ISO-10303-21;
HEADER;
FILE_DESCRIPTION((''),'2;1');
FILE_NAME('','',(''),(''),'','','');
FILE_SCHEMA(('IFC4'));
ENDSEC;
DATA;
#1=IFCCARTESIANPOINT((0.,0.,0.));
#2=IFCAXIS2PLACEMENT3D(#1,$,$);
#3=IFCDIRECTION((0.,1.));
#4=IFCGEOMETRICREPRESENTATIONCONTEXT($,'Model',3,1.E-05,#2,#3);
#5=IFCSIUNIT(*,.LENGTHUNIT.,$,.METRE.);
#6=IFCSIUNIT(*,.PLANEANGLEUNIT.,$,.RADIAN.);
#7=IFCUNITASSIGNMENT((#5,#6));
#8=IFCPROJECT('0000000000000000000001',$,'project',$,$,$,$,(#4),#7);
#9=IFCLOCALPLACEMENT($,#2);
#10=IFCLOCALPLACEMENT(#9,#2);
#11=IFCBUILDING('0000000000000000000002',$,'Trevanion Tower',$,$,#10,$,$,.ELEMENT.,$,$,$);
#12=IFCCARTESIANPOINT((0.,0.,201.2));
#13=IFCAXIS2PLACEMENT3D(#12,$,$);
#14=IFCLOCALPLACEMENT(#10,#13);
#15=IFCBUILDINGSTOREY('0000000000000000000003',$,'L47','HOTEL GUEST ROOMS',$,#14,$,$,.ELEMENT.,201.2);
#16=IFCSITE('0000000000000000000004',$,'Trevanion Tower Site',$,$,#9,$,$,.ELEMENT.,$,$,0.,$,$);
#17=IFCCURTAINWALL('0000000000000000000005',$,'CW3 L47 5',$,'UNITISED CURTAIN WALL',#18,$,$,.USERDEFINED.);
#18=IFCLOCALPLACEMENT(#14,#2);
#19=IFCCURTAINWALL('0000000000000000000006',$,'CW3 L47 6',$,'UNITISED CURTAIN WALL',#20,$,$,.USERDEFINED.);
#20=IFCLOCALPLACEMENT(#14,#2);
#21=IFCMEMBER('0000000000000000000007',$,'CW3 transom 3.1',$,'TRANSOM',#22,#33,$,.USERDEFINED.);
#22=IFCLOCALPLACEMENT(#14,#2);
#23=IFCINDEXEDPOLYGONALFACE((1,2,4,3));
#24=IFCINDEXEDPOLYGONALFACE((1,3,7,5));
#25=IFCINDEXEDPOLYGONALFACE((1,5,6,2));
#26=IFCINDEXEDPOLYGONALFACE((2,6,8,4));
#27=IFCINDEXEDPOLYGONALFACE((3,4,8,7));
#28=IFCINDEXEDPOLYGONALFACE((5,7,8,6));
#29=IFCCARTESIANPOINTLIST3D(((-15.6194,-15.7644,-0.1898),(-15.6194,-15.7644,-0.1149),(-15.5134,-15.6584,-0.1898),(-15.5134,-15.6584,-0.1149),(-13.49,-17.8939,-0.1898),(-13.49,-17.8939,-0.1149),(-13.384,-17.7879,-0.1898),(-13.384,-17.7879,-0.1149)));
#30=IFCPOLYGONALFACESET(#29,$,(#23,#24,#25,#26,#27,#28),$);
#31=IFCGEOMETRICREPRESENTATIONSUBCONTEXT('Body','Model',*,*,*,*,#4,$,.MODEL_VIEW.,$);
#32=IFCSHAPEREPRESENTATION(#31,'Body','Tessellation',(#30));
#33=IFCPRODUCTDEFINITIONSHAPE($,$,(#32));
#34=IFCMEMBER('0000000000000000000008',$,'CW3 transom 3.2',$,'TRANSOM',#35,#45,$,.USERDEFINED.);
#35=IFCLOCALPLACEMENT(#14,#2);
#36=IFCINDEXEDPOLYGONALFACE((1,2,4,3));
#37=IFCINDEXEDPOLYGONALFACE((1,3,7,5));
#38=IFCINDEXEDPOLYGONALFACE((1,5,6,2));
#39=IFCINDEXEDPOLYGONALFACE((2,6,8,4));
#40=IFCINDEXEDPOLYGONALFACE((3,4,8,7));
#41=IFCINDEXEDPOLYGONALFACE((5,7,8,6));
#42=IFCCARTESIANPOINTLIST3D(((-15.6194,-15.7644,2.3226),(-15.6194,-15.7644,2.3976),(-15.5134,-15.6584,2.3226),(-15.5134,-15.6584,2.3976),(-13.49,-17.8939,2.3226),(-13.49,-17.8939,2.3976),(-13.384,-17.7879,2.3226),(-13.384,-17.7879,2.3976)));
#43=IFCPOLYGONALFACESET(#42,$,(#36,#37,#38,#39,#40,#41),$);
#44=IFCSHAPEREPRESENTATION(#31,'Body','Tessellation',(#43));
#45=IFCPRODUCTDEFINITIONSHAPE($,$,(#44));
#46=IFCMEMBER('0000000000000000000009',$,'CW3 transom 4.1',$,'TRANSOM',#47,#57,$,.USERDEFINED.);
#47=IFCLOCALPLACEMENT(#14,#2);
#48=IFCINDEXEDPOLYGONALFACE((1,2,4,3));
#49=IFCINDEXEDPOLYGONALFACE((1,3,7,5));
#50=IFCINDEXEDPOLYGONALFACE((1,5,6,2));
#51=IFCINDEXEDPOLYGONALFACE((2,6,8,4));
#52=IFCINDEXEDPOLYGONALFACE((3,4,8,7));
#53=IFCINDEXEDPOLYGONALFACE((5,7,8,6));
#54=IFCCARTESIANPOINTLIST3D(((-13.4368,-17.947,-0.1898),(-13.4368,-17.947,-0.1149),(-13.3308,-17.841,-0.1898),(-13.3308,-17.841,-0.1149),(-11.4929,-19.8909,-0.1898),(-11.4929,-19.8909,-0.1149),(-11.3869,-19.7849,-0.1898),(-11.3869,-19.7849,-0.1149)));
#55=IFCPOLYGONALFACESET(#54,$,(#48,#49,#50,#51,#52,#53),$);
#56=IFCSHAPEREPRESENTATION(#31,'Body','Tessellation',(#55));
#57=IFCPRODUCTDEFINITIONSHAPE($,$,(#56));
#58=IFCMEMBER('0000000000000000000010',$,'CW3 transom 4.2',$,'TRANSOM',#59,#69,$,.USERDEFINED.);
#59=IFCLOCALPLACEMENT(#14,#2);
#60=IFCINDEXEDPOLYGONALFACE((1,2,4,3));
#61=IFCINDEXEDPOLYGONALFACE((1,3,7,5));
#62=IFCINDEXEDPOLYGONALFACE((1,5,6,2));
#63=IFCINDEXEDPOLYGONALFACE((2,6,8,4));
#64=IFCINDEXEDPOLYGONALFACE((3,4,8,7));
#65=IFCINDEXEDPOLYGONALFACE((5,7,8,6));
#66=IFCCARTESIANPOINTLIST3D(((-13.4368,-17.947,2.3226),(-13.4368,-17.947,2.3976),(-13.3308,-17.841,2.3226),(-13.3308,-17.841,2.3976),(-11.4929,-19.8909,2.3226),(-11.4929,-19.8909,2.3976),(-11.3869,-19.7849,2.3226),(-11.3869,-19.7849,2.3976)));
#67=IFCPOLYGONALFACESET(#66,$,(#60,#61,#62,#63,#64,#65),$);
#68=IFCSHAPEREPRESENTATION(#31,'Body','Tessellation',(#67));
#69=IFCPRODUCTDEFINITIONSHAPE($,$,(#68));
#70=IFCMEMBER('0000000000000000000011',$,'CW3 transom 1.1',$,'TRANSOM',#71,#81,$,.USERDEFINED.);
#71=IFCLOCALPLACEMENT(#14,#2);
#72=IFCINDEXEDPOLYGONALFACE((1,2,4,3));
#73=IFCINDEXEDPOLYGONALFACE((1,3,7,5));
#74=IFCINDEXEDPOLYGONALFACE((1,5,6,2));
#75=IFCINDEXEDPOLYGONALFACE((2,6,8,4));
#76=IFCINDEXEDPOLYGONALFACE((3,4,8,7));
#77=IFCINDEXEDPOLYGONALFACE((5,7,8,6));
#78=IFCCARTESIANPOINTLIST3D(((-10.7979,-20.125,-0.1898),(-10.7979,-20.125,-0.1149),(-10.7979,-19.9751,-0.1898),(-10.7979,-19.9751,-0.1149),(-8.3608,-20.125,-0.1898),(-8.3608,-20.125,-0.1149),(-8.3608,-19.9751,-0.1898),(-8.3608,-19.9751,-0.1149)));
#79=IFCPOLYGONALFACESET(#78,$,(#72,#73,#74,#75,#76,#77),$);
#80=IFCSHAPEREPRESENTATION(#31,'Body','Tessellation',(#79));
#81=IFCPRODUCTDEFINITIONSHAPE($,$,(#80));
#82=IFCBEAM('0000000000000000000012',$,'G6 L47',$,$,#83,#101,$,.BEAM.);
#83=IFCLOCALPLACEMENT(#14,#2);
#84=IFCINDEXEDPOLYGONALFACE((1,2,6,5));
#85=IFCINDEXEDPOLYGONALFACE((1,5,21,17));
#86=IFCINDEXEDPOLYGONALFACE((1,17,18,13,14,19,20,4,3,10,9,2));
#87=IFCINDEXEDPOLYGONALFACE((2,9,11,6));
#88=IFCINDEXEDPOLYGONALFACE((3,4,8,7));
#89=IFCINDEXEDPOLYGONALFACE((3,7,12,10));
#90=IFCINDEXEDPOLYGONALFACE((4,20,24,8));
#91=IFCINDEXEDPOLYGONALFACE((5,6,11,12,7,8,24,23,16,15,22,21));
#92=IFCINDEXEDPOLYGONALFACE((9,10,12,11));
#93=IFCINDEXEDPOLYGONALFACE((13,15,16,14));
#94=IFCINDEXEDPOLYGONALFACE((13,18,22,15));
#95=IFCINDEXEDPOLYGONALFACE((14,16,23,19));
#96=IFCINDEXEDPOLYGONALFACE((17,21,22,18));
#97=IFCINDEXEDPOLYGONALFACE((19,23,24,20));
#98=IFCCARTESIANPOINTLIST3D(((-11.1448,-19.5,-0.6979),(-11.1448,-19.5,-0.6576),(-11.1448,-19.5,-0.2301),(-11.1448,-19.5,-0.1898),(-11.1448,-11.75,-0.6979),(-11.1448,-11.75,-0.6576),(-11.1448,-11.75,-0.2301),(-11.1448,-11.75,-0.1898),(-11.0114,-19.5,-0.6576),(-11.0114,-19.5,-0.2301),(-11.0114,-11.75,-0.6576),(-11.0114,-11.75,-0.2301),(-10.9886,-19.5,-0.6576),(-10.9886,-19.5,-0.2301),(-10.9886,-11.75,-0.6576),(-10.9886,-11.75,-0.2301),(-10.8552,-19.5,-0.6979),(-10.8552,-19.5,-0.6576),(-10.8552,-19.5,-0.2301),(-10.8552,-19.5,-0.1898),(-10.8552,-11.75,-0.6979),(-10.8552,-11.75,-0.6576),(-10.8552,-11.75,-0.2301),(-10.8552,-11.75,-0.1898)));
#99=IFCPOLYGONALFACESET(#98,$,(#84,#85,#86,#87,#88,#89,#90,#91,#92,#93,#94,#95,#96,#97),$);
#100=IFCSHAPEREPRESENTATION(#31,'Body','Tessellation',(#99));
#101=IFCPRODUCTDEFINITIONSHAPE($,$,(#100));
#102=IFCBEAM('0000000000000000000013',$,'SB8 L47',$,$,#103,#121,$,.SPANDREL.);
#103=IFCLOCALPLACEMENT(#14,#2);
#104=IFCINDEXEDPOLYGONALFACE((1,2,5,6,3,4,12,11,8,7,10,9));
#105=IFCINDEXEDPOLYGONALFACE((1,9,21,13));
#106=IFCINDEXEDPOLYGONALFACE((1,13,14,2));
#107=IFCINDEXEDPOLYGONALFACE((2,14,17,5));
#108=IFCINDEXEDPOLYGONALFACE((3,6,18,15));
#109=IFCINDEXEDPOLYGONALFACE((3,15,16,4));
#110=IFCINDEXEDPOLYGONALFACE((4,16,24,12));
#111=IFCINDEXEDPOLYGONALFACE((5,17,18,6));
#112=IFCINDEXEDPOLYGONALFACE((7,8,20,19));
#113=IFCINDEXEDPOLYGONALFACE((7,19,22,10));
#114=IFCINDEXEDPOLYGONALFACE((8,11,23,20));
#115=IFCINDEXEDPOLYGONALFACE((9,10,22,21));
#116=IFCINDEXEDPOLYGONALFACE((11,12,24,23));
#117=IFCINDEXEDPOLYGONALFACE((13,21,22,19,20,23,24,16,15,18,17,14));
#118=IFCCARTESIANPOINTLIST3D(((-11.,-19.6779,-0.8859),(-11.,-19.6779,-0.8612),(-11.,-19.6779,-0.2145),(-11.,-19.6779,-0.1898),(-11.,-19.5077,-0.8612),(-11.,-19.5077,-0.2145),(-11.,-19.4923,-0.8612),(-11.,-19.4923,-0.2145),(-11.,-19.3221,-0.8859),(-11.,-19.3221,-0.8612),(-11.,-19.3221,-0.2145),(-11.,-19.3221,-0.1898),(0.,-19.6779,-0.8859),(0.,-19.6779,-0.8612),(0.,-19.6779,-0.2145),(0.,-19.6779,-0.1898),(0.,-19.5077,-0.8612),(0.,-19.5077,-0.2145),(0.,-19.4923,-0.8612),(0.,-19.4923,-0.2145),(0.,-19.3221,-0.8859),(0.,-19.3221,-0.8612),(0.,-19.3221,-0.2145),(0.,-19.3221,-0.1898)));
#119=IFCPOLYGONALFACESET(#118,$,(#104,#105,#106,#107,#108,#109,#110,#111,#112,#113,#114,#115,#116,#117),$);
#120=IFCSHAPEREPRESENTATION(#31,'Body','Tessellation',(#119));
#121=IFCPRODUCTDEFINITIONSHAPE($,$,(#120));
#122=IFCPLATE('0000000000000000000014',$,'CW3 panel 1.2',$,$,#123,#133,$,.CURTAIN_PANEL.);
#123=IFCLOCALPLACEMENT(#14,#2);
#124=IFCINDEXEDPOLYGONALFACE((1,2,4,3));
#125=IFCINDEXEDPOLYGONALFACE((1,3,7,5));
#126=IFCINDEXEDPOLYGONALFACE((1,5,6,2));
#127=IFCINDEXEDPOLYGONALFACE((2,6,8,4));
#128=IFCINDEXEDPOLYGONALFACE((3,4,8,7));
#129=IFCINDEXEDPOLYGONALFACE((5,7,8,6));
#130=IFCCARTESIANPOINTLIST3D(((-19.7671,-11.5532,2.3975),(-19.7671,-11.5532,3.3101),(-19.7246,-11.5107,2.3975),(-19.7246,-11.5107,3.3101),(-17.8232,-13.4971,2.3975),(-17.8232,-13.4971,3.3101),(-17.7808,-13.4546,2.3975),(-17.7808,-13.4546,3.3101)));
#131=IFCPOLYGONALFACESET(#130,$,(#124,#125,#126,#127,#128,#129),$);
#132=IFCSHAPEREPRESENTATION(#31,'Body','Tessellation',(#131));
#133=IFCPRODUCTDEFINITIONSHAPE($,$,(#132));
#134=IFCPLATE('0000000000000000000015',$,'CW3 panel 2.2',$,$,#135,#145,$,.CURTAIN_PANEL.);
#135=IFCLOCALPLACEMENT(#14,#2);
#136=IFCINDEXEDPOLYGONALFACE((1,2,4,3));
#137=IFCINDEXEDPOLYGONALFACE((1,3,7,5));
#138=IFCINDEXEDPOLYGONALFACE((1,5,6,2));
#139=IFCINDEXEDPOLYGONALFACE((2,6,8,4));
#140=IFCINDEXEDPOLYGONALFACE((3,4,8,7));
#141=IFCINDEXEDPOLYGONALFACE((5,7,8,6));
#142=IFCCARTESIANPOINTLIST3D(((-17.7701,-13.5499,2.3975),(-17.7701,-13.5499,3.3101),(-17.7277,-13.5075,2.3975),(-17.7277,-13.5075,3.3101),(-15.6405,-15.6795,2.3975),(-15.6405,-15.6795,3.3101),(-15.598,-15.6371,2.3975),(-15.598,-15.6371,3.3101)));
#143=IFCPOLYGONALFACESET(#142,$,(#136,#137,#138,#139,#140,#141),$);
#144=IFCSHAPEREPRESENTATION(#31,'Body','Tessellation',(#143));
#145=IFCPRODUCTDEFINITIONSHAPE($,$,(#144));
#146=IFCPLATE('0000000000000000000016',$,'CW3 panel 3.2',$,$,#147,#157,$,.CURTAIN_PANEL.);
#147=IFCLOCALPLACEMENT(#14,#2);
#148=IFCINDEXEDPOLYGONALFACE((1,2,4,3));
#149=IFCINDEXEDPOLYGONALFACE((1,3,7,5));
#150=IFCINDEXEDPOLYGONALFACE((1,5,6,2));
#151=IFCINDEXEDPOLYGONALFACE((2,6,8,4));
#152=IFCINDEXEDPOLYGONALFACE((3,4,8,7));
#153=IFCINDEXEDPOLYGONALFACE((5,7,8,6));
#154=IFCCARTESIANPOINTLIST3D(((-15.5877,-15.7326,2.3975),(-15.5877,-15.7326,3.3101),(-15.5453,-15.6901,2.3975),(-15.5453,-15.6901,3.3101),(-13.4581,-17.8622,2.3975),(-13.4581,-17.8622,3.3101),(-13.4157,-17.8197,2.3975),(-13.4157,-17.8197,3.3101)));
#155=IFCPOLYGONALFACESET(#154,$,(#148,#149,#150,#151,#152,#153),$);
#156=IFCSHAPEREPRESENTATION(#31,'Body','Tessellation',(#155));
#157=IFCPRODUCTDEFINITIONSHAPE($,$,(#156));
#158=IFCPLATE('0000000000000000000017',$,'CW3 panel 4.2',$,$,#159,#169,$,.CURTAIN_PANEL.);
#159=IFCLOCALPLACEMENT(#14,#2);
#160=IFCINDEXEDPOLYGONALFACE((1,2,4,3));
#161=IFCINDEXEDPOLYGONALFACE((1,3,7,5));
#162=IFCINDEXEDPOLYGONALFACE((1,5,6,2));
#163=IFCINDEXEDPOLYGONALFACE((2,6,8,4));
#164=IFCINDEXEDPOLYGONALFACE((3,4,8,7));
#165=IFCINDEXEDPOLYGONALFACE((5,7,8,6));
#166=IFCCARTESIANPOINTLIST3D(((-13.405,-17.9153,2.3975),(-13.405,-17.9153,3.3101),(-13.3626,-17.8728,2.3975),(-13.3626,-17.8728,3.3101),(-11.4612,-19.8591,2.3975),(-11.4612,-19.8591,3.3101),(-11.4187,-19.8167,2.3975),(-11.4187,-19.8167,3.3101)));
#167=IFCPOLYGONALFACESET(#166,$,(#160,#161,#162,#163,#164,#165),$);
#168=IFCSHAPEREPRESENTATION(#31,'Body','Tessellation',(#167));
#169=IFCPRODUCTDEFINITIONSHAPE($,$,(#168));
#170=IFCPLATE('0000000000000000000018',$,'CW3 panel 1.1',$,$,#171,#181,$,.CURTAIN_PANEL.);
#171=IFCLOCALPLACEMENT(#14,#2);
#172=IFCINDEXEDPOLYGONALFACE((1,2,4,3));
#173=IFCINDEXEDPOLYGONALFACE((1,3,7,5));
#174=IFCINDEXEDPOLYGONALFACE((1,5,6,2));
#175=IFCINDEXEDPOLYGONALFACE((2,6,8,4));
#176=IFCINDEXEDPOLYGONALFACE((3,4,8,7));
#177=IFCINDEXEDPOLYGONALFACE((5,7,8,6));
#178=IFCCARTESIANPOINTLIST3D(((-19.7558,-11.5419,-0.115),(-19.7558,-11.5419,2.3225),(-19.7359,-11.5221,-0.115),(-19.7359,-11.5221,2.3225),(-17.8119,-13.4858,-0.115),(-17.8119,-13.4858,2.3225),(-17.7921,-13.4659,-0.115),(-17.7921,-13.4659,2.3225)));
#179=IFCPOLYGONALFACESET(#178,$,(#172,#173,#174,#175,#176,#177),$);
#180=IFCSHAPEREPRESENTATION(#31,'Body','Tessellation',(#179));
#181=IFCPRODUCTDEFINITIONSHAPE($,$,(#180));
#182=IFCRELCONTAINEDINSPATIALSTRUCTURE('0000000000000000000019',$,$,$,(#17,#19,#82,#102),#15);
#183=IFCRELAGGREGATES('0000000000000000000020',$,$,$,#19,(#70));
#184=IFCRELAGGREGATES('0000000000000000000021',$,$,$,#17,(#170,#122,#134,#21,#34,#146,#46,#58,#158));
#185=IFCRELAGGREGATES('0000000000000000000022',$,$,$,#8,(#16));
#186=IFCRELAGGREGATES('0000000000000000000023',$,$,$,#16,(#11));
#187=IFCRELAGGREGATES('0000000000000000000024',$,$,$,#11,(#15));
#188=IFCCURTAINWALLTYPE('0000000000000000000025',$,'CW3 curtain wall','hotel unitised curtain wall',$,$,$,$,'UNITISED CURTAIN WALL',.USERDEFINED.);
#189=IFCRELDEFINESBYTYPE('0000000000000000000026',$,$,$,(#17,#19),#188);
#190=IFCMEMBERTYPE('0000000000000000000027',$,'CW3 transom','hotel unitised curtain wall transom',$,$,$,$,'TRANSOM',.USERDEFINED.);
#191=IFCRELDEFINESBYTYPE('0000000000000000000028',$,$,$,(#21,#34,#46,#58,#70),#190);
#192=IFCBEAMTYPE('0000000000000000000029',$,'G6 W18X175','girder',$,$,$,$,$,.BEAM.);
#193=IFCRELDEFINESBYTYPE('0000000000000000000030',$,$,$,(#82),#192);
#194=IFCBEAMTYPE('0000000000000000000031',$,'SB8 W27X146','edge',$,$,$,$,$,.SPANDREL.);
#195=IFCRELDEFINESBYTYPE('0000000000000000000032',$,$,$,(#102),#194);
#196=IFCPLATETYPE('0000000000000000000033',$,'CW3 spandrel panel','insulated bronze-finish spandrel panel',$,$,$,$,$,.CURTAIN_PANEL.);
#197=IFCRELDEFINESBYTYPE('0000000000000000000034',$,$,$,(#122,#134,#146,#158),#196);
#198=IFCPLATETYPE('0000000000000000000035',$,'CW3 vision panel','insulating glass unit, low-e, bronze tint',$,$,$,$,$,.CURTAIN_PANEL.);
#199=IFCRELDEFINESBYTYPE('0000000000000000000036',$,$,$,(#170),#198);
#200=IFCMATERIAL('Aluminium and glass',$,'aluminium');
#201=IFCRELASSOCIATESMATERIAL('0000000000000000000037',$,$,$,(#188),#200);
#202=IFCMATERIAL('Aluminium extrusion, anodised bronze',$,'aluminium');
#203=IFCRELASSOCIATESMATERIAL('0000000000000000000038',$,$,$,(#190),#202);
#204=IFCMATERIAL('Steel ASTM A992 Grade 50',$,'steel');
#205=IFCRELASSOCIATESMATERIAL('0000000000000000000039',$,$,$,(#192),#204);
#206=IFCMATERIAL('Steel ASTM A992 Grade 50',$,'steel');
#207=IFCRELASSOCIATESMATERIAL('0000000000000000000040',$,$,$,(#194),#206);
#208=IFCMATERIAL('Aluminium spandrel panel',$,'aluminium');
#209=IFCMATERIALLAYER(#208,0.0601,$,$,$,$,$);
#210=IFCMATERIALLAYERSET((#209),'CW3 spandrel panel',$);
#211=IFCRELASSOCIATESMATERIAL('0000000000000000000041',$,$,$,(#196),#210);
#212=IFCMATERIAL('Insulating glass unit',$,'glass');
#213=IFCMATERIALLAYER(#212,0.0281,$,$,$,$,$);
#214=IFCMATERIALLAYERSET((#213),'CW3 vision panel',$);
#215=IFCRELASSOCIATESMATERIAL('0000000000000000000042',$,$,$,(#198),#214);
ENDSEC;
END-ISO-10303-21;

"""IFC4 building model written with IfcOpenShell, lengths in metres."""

from ifc_helpers import new_model, si_unit, direction, frame, origin, origin_2d, place, context, subcontext, project, spatial, rectangle, i_section, extrude, material, layer, layer_set, material_profile, profile_set, type_object, element, aggregate, save


model = new_model("IFC4")

# Units and contexts
model_context = context("Model", 3, precision=1e-05, world=origin(), true_north=direction((0.0, 1.0)))
body_context = subcontext(model_context, "Body", "Model", "MODEL_VIEW")
ifc_project = project(units=[si_unit("LENGTHUNIT", "METRE"), si_unit("PLANEANGLEUNIT", "RADIAN")], contexts=[model_context])

# Site, building, storey
site_placement = place(None, origin())
site = spatial("IfcSite", under=ifc_project, at=site_placement, Name="Trevanion Tower Site", CompositionType="ELEMENT", RefElevation=0.0)
building_placement = place(site_placement, origin())
building = spatial("IfcBuilding", under=site, at=building_placement, Name="Trevanion Tower", CompositionType="ELEMENT")
storey_placement = place(building_placement, frame((0.0, 0.0, 201.2)))
storey = spatial("IfcBuildingStorey", under=building, at=storey_placement, Name="L47", Description="HOTEL GUEST ROOMS", CompositionType="ELEMENT", Elevation=201.2)

# Curtain wall
ifc_material_1 = material(Name="Aluminium and glass", Category="aluminium")
curtain_wall_type = type_object("IfcCurtainWallType", Name="CW3 curtain wall", Description="hotel unitised curtain wall", ElementType="UNITISED CURTAIN WALL", PredefinedType="USERDEFINED", material=ifc_material_1)
curtain_wall_1_placement = place(storey_placement, origin())
curtain_wall_1 = element("IfcCurtainWall", 1, at=curtain_wall_1_placement, inside=storey, type_object=curtain_wall_type, Name="CW3 L47 5", ObjectType="UNITISED CURTAIN WALL", PredefinedType="USERDEFINED")

# Curtain wall
curtain_wall_2_placement = place(storey_placement, origin())
curtain_wall_2 = element("IfcCurtainWall", 2, at=curtain_wall_2_placement, inside=storey, type_object=curtain_wall_type, Name="CW3 L47 6", ObjectType="UNITISED CURTAIN WALL", PredefinedType="USERDEFINED")

# Members
ifc_material_2 = material(Name="Aluminium extrusion, anodised bronze", Category="aluminium")
ifc_material_profile_1 = material_profile(ifc_material_2, rectangle(XDim=0.1499, YDim=0.075, at=origin_2d()), Name="CW3 transom")
ifc_profile_set_1 = profile_set([ifc_material_profile_1], Name="Aluminium extrusion, anodised bronze")
member_type_1 = type_object("IfcMemberType", Name="CW3 transom", Description="hotel unitised curtain wall transom", ElementType="TRANSOM", PredefinedType="USERDEFINED", material=ifc_profile_set_1)
member_1_placement = place(storey_placement, frame((-15.5664, -15.7114, -0.1523), z_axis=(0.707107, -0.707107, 0.0), x_axis=(0.707107, 0.707107, 0.0)))
member_1 = element("IfcMember", 3, at=member_1_placement, type_object=member_type_1, Name="CW3 transom 3.1", ObjectType="TRANSOM", PredefinedType="USERDEFINED", context=body_context, shape_type="SweptSolid", body=[
    extrude(rectangle(XDim=0.1499, YDim=0.075, at=origin_2d()), origin(), (0.0, 0.0, 1.0), 3.0115),
])
member_2_placement = place(storey_placement, frame((-15.5664, -15.7114, 2.3601), z_axis=(0.707107, -0.707107, 0.0), x_axis=(0.707107, 0.707107, 0.0)))
member_2 = element("IfcMember", 4, at=member_2_placement, type_object=member_type_1, Name="CW3 transom 3.2", ObjectType="TRANSOM", PredefinedType="USERDEFINED", context=body_context, shape_type="SweptSolid", body=[
    extrude(rectangle(XDim=0.1499, YDim=0.075, at=origin_2d()), origin(), (0.0, 0.0, 1.0), 3.0115),
])
member_3_placement = place(storey_placement, frame((-13.3838, -17.894, -0.1523), z_axis=(0.707107, -0.707107, 0.0), x_axis=(0.707107, 0.707107, 0.0)))
member_3 = element("IfcMember", 5, at=member_3_placement, type_object=member_type_1, Name="CW3 transom 4.1", ObjectType="TRANSOM", PredefinedType="USERDEFINED", context=body_context, shape_type="SweptSolid", body=[
    extrude(rectangle(XDim=0.1499, YDim=0.075, at=origin_2d()), origin(), (0.0, 0.0, 1.0), 2.749),
])
member_4_placement = place(storey_placement, frame((-13.3838, -17.894, 2.3601), z_axis=(0.707107, -0.707107, 0.0), x_axis=(0.707107, 0.707107, 0.0)))
member_4 = element("IfcMember", 6, at=member_4_placement, type_object=member_type_1, Name="CW3 transom 4.2", ObjectType="TRANSOM", PredefinedType="USERDEFINED", context=body_context, shape_type="SweptSolid", body=[
    extrude(rectangle(XDim=0.1499, YDim=0.075, at=origin_2d()), origin(), (0.0, 0.0, 1.0), 2.749),
])
member_5_placement = place(storey_placement, frame((-10.7979, -20.05, -0.1523), z_axis=(1.0, 0.0, 0.0), x_axis=(0.0, 1.0, 0.0)))
member_5 = element("IfcMember", 7, at=member_5_placement, type_object=member_type_1, Name="CW3 transom 1.1", ObjectType="TRANSOM", PredefinedType="USERDEFINED", context=body_context, shape_type="SweptSolid", body=[
    extrude(rectangle(XDim=0.1499, YDim=0.075, at=origin_2d()), origin(), (0.0, 0.0, 1.0), 2.437),
])
aggregate(curtain_wall_2, [member_5])

# Beams
ifc_material_3 = material(Name="Steel ASTM A992 Grade 50", Category="steel")
ifc_material_profile_2 = material_profile(ifc_material_3, i_section(OverallWidth=0.2896, OverallDepth=0.5081, WebThickness=0.0227, FlangeThickness=0.0403, at=origin_2d()), Name="W18X175")
ifc_profile_set_2 = profile_set([ifc_material_profile_2], Name="Steel ASTM A992 Grade 50")
beam_type_1 = type_object("IfcBeamType", Name="G6 W18X175", Description="girder", PredefinedType="BEAM", material=ifc_profile_set_2)
beam_1_placement = place(storey_placement, frame((-11.0, -11.75, -0.4438), z_axis=(0.0, -1.0, 0.0), x_axis=(1.0, 0.0, 0.0)))
element("IfcBeam", 8, at=beam_1_placement, inside=storey, type_object=beam_type_1, Name="G6 L47", PredefinedType="BEAM", context=body_context, shape_type="SweptSolid", body=[
    extrude(i_section(OverallWidth=0.2896, OverallDepth=0.5081, WebThickness=0.0227, FlangeThickness=0.0403, at=origin_2d()), origin(), (0.0, 0.0, 1.0), 7.75),
])
ifc_material_4 = material(Name="Steel ASTM A992 Grade 50", Category="steel")
ifc_material_profile_3 = material_profile(ifc_material_4, i_section(OverallWidth=0.3557, OverallDepth=0.696, WebThickness=0.0154, FlangeThickness=0.0247, at=origin_2d()), Name="W27X146")
ifc_profile_set_3 = profile_set([ifc_material_profile_3], Name="Steel ASTM A992 Grade 50")
beam_type_2 = type_object("IfcBeamType", Name="SB8 W27X146", Description="edge", PredefinedType="SPANDREL", material=ifc_profile_set_3)
beam_2_placement = place(storey_placement, frame((-11.0, -19.5, -0.5378), z_axis=(1.0, 0.0, 0.0), x_axis=(0.0, 1.0, 0.0)))
element("IfcBeam", 9, at=beam_2_placement, inside=storey, type_object=beam_type_2, Name="SB8 L47", PredefinedType="SPANDREL", context=body_context, shape_type="SweptSolid", body=[
    extrude(i_section(OverallWidth=0.3557, OverallDepth=0.696, WebThickness=0.0154, FlangeThickness=0.0247, at=origin_2d()), origin(), (0.0, 0.0, 1.0), 11.0),
])

# Plates
ifc_material_5 = material(Name="Aluminium spandrel panel", Category="aluminium")
ifc_layer_1 = layer(ifc_material_5, 0.0601)
ifc_layer_set_1 = layer_set([ifc_layer_1], Name="CW3 spandrel panel")
plate_type_1 = type_object("IfcPlateType", Name="CW3 spandrel panel", Description="insulated bronze-finish spandrel panel", PredefinedType="CURTAIN_PANEL", material=ifc_layer_set_1)
plate_1_placement = place(storey_placement, frame((-18.7739, -12.5039, 2.3975), z_axis=(0.0, 0.0, 1.0), x_axis=(0.707107, -0.707107, 0.0)))
plate_1 = element("IfcPlate", 10, at=plate_1_placement, type_object=plate_type_1, Name="CW3 panel 1.2", PredefinedType="CURTAIN_PANEL", context=body_context, shape_type="SweptSolid", body=[
    extrude(rectangle(XDim=2.749, YDim=0.0601, at=origin_2d()), origin(), (0.0, 0.0, 1.0), 0.9126),
])
plate_2_placement = place(storey_placement, frame((-16.6841, -14.5935, 2.3975), z_axis=(0.0, 0.0, 1.0), x_axis=(0.707107, -0.707107, 0.0)))
plate_2 = element("IfcPlate", 11, at=plate_2_placement, type_object=plate_type_1, Name="CW3 panel 2.2", PredefinedType="CURTAIN_PANEL", context=body_context, shape_type="SweptSolid", body=[
    extrude(rectangle(XDim=3.0117, YDim=0.0601, at=origin_2d()), origin(), (0.0, 0.0, 1.0), 0.9126),
])
plate_3_placement = place(storey_placement, frame((-14.5017, -16.7761, 2.3975), z_axis=(0.0, 0.0, 1.0), x_axis=(0.707107, -0.707107, 0.0)))
plate_3 = element("IfcPlate", 12, at=plate_3_placement, type_object=plate_type_1, Name="CW3 panel 3.2", PredefinedType="CURTAIN_PANEL", context=body_context, shape_type="SweptSolid", body=[
    extrude(rectangle(XDim=3.0117, YDim=0.0601, at=origin_2d()), origin(), (0.0, 0.0, 1.0), 0.9126),
])
plate_4_placement = place(storey_placement, frame((-12.4119, -18.866, 2.3975), z_axis=(0.0, 0.0, 1.0), x_axis=(0.707107, -0.707107, 0.0)))
plate_4 = element("IfcPlate", 13, at=plate_4_placement, type_object=plate_type_1, Name="CW3 panel 4.2", PredefinedType="CURTAIN_PANEL", context=body_context, shape_type="SweptSolid", body=[
    extrude(rectangle(XDim=2.749, YDim=0.0601, at=origin_2d()), origin(), (0.0, 0.0, 1.0), 0.9126),
])
ifc_material_6 = material(Name="Insulating glass unit", Category="glass")
ifc_layer_2 = layer(ifc_material_6, 0.0281)
ifc_layer_set_2 = layer_set([ifc_layer_2], Name="CW3 vision panel")
plate_type_2 = type_object("IfcPlateType", Name="CW3 vision panel", Description="insulating glass unit, low-e, bronze tint", PredefinedType="CURTAIN_PANEL", material=ifc_layer_set_2)
plate_5_placement = place(storey_placement, frame((-18.7739, -12.5039, -0.115), z_axis=(0.0, 0.0, 1.0), x_axis=(0.707107, -0.707107, 0.0)))
plate_5 = element("IfcPlate", 14, at=plate_5_placement, type_object=plate_type_2, Name="CW3 panel 1.1", PredefinedType="CURTAIN_PANEL", context=body_context, shape_type="SweptSolid", body=[
    extrude(rectangle(XDim=2.749, YDim=0.0281, at=origin_2d()), origin(), (0.0, 0.0, 1.0), 2.4375),
])
aggregate(curtain_wall_1, [plate_5, plate_1, plate_2, member_1, member_2, plate_3, member_3, member_4, plate_4])

save(model, "model.ifc")
